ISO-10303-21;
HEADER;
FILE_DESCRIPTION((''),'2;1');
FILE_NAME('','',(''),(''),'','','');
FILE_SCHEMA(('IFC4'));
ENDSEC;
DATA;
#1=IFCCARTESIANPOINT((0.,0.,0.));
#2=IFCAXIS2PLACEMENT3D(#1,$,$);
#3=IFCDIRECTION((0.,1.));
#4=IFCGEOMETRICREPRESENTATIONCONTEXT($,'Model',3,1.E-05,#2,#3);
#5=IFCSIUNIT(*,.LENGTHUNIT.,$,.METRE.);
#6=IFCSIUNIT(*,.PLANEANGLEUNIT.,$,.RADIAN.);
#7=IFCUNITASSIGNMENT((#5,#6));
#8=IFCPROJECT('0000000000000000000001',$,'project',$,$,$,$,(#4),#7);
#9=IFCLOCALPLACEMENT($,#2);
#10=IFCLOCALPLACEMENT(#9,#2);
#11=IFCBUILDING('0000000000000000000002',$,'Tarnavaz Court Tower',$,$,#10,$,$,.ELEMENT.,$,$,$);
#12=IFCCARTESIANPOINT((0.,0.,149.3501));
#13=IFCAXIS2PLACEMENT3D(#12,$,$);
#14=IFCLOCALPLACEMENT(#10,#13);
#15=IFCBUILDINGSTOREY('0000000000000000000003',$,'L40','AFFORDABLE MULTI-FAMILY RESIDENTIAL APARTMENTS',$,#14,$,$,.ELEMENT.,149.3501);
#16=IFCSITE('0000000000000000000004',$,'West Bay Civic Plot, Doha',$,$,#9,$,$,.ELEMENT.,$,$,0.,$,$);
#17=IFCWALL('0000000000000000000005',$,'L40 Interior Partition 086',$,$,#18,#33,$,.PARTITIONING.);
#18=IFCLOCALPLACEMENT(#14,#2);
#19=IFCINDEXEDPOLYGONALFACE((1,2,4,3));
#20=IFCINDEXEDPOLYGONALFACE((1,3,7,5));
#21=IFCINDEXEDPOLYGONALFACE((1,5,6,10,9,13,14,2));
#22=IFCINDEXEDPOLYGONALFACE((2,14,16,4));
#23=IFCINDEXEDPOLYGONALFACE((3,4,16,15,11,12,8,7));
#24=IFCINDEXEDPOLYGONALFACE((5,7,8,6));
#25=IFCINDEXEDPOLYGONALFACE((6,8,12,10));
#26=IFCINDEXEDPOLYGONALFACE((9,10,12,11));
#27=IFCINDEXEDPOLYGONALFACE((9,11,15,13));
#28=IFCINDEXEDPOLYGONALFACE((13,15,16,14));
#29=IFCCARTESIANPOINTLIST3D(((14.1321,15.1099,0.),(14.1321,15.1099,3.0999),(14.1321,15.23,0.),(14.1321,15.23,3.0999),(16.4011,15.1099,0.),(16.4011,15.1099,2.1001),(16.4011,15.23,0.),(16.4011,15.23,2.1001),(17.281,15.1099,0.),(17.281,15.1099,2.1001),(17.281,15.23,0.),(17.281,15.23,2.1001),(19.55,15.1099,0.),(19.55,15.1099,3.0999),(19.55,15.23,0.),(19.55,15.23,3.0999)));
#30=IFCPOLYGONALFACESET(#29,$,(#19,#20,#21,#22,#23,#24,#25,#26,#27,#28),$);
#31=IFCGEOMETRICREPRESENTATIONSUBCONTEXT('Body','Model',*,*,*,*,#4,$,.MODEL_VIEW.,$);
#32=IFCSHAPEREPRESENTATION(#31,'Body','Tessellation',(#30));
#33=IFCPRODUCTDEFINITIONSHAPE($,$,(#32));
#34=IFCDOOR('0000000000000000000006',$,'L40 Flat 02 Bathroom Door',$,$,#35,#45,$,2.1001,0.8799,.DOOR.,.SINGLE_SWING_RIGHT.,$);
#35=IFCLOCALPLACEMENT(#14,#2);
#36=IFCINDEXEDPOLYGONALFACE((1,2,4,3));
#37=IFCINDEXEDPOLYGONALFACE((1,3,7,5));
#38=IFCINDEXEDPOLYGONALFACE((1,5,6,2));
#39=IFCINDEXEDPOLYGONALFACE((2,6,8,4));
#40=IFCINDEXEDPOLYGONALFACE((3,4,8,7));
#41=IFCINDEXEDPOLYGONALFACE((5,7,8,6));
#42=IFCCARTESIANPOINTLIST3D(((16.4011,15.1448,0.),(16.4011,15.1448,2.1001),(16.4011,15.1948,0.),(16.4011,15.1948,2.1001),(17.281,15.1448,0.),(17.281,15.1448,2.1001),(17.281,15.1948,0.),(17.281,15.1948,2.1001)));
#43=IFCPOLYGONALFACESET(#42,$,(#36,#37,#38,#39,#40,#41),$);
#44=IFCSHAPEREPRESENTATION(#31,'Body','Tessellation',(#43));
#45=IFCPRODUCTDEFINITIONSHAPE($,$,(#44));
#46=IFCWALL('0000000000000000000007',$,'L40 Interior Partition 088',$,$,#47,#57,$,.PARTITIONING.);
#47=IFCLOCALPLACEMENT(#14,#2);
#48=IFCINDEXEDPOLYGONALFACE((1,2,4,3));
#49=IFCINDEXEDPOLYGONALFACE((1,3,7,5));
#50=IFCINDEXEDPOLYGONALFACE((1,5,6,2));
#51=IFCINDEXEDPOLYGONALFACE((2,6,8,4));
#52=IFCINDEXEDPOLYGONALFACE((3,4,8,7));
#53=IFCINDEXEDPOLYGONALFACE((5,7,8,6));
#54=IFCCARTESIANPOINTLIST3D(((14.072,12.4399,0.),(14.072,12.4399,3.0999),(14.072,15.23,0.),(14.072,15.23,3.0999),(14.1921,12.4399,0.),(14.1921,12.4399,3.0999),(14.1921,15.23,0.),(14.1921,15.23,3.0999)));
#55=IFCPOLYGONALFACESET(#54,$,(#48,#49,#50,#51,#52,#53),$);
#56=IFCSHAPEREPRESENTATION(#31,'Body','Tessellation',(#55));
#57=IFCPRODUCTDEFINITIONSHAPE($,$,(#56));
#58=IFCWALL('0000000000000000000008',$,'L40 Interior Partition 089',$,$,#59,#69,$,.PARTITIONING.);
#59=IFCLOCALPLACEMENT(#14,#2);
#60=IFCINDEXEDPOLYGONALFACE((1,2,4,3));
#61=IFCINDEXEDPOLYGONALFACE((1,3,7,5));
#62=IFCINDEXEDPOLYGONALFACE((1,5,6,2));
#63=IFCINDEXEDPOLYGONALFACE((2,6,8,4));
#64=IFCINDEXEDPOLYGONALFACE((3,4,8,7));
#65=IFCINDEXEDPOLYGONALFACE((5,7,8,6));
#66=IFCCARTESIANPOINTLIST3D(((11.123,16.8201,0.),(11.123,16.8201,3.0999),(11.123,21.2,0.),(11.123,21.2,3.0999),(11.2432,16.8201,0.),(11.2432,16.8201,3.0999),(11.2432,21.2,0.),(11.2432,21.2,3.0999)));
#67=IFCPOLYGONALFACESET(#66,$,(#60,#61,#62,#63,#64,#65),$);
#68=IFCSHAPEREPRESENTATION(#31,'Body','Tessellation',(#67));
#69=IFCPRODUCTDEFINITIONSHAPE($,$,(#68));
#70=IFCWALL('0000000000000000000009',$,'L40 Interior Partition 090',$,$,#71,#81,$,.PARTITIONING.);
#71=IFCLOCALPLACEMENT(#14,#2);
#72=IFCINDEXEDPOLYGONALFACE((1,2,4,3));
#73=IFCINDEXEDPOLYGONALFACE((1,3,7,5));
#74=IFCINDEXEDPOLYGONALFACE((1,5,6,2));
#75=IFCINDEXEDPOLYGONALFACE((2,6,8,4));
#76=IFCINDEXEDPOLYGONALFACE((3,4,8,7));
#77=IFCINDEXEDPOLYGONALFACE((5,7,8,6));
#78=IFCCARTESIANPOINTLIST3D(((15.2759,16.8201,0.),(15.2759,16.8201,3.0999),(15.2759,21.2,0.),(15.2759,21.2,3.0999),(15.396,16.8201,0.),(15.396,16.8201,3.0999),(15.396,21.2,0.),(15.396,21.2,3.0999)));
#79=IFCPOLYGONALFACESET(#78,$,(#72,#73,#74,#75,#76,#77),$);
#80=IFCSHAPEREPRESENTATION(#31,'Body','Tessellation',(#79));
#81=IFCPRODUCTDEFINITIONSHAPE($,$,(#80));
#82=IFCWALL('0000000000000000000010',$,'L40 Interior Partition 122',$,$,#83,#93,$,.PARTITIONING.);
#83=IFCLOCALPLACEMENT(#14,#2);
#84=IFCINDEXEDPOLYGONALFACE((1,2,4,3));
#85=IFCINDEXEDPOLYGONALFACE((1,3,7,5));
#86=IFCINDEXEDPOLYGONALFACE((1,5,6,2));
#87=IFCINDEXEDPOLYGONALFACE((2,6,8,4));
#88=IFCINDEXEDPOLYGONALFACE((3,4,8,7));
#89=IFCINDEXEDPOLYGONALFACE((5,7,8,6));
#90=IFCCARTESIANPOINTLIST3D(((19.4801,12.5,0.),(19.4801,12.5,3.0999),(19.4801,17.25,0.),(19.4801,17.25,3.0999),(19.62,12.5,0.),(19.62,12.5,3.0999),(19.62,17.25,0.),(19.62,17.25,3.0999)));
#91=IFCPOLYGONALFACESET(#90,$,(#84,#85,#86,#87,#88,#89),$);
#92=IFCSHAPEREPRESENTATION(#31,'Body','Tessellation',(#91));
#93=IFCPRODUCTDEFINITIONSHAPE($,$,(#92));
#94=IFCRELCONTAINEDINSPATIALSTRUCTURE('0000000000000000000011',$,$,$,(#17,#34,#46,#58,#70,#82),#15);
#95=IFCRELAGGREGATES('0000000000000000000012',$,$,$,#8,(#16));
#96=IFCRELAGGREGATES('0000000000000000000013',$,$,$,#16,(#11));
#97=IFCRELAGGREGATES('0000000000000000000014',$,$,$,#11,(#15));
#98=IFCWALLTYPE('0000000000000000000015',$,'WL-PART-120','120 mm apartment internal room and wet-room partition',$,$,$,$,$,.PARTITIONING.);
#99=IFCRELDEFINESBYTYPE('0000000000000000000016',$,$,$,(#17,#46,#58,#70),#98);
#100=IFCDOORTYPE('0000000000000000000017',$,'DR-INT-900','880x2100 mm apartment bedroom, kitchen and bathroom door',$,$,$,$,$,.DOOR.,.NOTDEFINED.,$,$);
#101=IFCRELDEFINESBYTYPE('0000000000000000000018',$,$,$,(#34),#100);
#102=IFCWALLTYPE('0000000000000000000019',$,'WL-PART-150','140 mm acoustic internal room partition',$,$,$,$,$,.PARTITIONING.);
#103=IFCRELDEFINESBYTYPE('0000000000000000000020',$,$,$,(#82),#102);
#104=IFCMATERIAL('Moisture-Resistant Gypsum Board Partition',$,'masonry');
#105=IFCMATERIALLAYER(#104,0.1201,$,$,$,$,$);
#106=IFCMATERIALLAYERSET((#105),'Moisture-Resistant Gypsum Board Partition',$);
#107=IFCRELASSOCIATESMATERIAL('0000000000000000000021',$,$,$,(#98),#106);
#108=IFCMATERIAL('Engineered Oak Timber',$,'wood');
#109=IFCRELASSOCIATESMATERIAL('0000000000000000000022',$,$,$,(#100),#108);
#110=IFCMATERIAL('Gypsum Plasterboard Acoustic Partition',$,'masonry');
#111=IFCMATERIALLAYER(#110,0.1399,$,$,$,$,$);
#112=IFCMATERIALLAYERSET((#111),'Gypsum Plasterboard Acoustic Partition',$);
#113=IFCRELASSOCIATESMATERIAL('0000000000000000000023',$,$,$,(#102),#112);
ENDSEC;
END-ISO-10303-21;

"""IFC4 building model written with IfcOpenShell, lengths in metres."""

from ifc_helpers import new_model, si_unit, direction, frame, frame_2d, origin, place, context, subcontext, project, spatial, rectangle, extrude, material, layer, layer_set, type_object, element, fill, save


model = new_model("IFC4")

# Units and contexts
model_context = context("Model", 3, precision=1e-05, world=origin(), true_north=direction((0.0, 1.0)))
body_context = subcontext(model_context, "Body", "Model", "MODEL_VIEW")
ifc_project = project(units=[si_unit("LENGTHUNIT", "METRE"), si_unit("PLANEANGLEUNIT", "RADIAN")], contexts=[model_context])

# Site, building, storey
site_placement = place(None, origin())
site = spatial("IfcSite", under=ifc_project, at=site_placement, Name="West Bay Civic Plot, Doha", CompositionType="ELEMENT", RefElevation=0.0)
building_placement = place(site_placement, origin())
building = spatial("IfcBuilding", under=site, at=building_placement, Name="Tarnavaz Court Tower", CompositionType="ELEMENT")
storey_placement = place(building_placement, frame((0.0, 0.0, 149.3501)))
storey = spatial("IfcBuildingStorey", under=building, at=storey_placement, Name="L40", Description="AFFORDABLE MULTI-FAMILY RESIDENTIAL APARTMENTS", CompositionType="ELEMENT", Elevation=149.3501)

# Wall, opening, door
ifc_material_1 = material(Name="Engineered Oak Timber", Category="wood")
ifc_material_2 = material(Name="Moisture-Resistant Gypsum Board Partition", Category="masonry")
ifc_layer_1 = layer(ifc_material_2, 0.1201)
ifc_layer_set_1 = layer_set([ifc_layer_1], Name="Moisture-Resistant Gypsum Board Partition")
wall_type_1 = type_object("IfcWallType", Name="WL-PART-120", Description="120 mm apartment internal room and wet-room partition", PredefinedType="PARTITIONING", material=ifc_layer_set_1)
wall_1_placement = place(storey_placement, frame((14.1321, 15.1699, 0.0), z_axis=(0.0, 0.0, 1.0), x_axis=(1.0, 0.0, 0.0)))
wall_1 = element("IfcWall", 1, at=wall_1_placement, inside=storey, type_object=wall_type_1, Name="L40 Interior Partition 086", PredefinedType="PARTITIONING", context=body_context, shape_type="SweptSolid", body=[
    extrude(rectangle(XDim=5.418, YDim=0.1201, at=frame_2d((2.709, 0.0))), origin(), (0.0, 0.0, 1.0), 3.0999),
])
opening_1_placement = place(wall_1_placement, frame((2.269, 0.0, 0.0)))
opening_1 = element("IfcOpeningElement", 2, at=opening_1_placement, cuts=wall_1, PredefinedType="OPENING", context=body_context, shape_type="SweptSolid", body=[
    extrude(rectangle(XDim=0.8799, YDim=2.1001, at=frame_2d((0.4399, 1.05))), frame((0.0, 0.0701, 0.0), z_axis=(0.0, -1.0, 0.0), x_axis=(1.0, 0.0, 0.0)), (0.0, 0.0, 1.0), 0.1401),
])
door_type_1 = type_object("IfcDoorType", Name="DR-INT-900", Description="880x2100 mm apartment bedroom, kitchen and bathroom door", OperationType="NOTDEFINED", PredefinedType="DOOR", material=ifc_material_1)
door_1_placement = place(opening_1_placement, origin())
door_1 = element("IfcDoor", 3, at=door_1_placement, inside=storey, type_object=door_type_1, Name="L40 Flat 02 Bathroom Door", OperationType="SINGLE_SWING_RIGHT", OverallHeight=2.1001, OverallWidth=0.8799, PredefinedType="DOOR", context=body_context, shape_type="SweptSolid", body=[
    extrude(rectangle(XDim=0.8799, YDim=2.1001, at=frame_2d((0.4399, 1.05))), frame((0.0, 0.0249, 0.0), z_axis=(0.0, -1.0, 0.0), x_axis=(1.0, 0.0, 0.0)), (0.0, 0.0, 1.0), 0.05),
])
fill(opening_1, door_1)

# Walls
wall_2_placement = place(storey_placement, frame((14.1321, 12.4399, 0.0), z_axis=(0.0, 0.0, 1.0), x_axis=(0.0, 1.0, 0.0)))
element("IfcWall", 4, at=wall_2_placement, inside=storey, type_object=wall_type_1, Name="L40 Interior Partition 088", PredefinedType="PARTITIONING", context=body_context, shape_type="SweptSolid", body=[
    extrude(rectangle(XDim=2.79, YDim=0.1201, at=frame_2d((1.395, 0.0))), origin(), (0.0, 0.0, 1.0), 3.0999),
])
for number, where, z_axis, x_axis, name in (
    (5, (11.1831, 16.8201, 0.0), (0.0, 0.0, 1.0), (0.0, 1.0, 0.0), "L40 Interior Partition 089"),
    (6, (15.3359, 16.8201, 0.0), (0.0, 0.0, 1.0), (0.0, 1.0, 0.0), "L40 Interior Partition 090"),
):
    element("IfcWall", number, at=place(storey_placement, frame(where, z_axis=z_axis, x_axis=x_axis)), inside=storey, type_object=wall_type_1, Name=name, PredefinedType="PARTITIONING", context=body_context, shape_type="SweptSolid", body=[
        extrude(rectangle(XDim=4.3799, YDim=0.1201, at=frame_2d((2.1899, 0.0))), origin(), (0.0, 0.0, 1.0), 3.0999),
    ])
ifc_material_3 = material(Name="Gypsum Plasterboard Acoustic Partition", Category="masonry")
ifc_layer_2 = layer(ifc_material_3, 0.1399)
ifc_layer_set_2 = layer_set([ifc_layer_2], Name="Gypsum Plasterboard Acoustic Partition")
wall_type_2 = type_object("IfcWallType", Name="WL-PART-150", Description="140 mm acoustic internal room partition", PredefinedType="PARTITIONING", material=ifc_layer_set_2)
wall_3_placement = place(storey_placement, frame((19.55, 12.5, 0.0), z_axis=(0.0, 0.0, 1.0), x_axis=(0.0, 1.0, 0.0)))
element("IfcWall", 7, at=wall_3_placement, inside=storey, type_object=wall_type_2, Name="L40 Interior Partition 122", PredefinedType="PARTITIONING", context=body_context, shape_type="SweptSolid", body=[
    extrude(rectangle(XDim=4.75, YDim=0.1399, at=frame_2d((2.375, 0.0))), origin(), (0.0, 0.0, 1.0), 3.0999),
])

save(model, "model.ifc")
